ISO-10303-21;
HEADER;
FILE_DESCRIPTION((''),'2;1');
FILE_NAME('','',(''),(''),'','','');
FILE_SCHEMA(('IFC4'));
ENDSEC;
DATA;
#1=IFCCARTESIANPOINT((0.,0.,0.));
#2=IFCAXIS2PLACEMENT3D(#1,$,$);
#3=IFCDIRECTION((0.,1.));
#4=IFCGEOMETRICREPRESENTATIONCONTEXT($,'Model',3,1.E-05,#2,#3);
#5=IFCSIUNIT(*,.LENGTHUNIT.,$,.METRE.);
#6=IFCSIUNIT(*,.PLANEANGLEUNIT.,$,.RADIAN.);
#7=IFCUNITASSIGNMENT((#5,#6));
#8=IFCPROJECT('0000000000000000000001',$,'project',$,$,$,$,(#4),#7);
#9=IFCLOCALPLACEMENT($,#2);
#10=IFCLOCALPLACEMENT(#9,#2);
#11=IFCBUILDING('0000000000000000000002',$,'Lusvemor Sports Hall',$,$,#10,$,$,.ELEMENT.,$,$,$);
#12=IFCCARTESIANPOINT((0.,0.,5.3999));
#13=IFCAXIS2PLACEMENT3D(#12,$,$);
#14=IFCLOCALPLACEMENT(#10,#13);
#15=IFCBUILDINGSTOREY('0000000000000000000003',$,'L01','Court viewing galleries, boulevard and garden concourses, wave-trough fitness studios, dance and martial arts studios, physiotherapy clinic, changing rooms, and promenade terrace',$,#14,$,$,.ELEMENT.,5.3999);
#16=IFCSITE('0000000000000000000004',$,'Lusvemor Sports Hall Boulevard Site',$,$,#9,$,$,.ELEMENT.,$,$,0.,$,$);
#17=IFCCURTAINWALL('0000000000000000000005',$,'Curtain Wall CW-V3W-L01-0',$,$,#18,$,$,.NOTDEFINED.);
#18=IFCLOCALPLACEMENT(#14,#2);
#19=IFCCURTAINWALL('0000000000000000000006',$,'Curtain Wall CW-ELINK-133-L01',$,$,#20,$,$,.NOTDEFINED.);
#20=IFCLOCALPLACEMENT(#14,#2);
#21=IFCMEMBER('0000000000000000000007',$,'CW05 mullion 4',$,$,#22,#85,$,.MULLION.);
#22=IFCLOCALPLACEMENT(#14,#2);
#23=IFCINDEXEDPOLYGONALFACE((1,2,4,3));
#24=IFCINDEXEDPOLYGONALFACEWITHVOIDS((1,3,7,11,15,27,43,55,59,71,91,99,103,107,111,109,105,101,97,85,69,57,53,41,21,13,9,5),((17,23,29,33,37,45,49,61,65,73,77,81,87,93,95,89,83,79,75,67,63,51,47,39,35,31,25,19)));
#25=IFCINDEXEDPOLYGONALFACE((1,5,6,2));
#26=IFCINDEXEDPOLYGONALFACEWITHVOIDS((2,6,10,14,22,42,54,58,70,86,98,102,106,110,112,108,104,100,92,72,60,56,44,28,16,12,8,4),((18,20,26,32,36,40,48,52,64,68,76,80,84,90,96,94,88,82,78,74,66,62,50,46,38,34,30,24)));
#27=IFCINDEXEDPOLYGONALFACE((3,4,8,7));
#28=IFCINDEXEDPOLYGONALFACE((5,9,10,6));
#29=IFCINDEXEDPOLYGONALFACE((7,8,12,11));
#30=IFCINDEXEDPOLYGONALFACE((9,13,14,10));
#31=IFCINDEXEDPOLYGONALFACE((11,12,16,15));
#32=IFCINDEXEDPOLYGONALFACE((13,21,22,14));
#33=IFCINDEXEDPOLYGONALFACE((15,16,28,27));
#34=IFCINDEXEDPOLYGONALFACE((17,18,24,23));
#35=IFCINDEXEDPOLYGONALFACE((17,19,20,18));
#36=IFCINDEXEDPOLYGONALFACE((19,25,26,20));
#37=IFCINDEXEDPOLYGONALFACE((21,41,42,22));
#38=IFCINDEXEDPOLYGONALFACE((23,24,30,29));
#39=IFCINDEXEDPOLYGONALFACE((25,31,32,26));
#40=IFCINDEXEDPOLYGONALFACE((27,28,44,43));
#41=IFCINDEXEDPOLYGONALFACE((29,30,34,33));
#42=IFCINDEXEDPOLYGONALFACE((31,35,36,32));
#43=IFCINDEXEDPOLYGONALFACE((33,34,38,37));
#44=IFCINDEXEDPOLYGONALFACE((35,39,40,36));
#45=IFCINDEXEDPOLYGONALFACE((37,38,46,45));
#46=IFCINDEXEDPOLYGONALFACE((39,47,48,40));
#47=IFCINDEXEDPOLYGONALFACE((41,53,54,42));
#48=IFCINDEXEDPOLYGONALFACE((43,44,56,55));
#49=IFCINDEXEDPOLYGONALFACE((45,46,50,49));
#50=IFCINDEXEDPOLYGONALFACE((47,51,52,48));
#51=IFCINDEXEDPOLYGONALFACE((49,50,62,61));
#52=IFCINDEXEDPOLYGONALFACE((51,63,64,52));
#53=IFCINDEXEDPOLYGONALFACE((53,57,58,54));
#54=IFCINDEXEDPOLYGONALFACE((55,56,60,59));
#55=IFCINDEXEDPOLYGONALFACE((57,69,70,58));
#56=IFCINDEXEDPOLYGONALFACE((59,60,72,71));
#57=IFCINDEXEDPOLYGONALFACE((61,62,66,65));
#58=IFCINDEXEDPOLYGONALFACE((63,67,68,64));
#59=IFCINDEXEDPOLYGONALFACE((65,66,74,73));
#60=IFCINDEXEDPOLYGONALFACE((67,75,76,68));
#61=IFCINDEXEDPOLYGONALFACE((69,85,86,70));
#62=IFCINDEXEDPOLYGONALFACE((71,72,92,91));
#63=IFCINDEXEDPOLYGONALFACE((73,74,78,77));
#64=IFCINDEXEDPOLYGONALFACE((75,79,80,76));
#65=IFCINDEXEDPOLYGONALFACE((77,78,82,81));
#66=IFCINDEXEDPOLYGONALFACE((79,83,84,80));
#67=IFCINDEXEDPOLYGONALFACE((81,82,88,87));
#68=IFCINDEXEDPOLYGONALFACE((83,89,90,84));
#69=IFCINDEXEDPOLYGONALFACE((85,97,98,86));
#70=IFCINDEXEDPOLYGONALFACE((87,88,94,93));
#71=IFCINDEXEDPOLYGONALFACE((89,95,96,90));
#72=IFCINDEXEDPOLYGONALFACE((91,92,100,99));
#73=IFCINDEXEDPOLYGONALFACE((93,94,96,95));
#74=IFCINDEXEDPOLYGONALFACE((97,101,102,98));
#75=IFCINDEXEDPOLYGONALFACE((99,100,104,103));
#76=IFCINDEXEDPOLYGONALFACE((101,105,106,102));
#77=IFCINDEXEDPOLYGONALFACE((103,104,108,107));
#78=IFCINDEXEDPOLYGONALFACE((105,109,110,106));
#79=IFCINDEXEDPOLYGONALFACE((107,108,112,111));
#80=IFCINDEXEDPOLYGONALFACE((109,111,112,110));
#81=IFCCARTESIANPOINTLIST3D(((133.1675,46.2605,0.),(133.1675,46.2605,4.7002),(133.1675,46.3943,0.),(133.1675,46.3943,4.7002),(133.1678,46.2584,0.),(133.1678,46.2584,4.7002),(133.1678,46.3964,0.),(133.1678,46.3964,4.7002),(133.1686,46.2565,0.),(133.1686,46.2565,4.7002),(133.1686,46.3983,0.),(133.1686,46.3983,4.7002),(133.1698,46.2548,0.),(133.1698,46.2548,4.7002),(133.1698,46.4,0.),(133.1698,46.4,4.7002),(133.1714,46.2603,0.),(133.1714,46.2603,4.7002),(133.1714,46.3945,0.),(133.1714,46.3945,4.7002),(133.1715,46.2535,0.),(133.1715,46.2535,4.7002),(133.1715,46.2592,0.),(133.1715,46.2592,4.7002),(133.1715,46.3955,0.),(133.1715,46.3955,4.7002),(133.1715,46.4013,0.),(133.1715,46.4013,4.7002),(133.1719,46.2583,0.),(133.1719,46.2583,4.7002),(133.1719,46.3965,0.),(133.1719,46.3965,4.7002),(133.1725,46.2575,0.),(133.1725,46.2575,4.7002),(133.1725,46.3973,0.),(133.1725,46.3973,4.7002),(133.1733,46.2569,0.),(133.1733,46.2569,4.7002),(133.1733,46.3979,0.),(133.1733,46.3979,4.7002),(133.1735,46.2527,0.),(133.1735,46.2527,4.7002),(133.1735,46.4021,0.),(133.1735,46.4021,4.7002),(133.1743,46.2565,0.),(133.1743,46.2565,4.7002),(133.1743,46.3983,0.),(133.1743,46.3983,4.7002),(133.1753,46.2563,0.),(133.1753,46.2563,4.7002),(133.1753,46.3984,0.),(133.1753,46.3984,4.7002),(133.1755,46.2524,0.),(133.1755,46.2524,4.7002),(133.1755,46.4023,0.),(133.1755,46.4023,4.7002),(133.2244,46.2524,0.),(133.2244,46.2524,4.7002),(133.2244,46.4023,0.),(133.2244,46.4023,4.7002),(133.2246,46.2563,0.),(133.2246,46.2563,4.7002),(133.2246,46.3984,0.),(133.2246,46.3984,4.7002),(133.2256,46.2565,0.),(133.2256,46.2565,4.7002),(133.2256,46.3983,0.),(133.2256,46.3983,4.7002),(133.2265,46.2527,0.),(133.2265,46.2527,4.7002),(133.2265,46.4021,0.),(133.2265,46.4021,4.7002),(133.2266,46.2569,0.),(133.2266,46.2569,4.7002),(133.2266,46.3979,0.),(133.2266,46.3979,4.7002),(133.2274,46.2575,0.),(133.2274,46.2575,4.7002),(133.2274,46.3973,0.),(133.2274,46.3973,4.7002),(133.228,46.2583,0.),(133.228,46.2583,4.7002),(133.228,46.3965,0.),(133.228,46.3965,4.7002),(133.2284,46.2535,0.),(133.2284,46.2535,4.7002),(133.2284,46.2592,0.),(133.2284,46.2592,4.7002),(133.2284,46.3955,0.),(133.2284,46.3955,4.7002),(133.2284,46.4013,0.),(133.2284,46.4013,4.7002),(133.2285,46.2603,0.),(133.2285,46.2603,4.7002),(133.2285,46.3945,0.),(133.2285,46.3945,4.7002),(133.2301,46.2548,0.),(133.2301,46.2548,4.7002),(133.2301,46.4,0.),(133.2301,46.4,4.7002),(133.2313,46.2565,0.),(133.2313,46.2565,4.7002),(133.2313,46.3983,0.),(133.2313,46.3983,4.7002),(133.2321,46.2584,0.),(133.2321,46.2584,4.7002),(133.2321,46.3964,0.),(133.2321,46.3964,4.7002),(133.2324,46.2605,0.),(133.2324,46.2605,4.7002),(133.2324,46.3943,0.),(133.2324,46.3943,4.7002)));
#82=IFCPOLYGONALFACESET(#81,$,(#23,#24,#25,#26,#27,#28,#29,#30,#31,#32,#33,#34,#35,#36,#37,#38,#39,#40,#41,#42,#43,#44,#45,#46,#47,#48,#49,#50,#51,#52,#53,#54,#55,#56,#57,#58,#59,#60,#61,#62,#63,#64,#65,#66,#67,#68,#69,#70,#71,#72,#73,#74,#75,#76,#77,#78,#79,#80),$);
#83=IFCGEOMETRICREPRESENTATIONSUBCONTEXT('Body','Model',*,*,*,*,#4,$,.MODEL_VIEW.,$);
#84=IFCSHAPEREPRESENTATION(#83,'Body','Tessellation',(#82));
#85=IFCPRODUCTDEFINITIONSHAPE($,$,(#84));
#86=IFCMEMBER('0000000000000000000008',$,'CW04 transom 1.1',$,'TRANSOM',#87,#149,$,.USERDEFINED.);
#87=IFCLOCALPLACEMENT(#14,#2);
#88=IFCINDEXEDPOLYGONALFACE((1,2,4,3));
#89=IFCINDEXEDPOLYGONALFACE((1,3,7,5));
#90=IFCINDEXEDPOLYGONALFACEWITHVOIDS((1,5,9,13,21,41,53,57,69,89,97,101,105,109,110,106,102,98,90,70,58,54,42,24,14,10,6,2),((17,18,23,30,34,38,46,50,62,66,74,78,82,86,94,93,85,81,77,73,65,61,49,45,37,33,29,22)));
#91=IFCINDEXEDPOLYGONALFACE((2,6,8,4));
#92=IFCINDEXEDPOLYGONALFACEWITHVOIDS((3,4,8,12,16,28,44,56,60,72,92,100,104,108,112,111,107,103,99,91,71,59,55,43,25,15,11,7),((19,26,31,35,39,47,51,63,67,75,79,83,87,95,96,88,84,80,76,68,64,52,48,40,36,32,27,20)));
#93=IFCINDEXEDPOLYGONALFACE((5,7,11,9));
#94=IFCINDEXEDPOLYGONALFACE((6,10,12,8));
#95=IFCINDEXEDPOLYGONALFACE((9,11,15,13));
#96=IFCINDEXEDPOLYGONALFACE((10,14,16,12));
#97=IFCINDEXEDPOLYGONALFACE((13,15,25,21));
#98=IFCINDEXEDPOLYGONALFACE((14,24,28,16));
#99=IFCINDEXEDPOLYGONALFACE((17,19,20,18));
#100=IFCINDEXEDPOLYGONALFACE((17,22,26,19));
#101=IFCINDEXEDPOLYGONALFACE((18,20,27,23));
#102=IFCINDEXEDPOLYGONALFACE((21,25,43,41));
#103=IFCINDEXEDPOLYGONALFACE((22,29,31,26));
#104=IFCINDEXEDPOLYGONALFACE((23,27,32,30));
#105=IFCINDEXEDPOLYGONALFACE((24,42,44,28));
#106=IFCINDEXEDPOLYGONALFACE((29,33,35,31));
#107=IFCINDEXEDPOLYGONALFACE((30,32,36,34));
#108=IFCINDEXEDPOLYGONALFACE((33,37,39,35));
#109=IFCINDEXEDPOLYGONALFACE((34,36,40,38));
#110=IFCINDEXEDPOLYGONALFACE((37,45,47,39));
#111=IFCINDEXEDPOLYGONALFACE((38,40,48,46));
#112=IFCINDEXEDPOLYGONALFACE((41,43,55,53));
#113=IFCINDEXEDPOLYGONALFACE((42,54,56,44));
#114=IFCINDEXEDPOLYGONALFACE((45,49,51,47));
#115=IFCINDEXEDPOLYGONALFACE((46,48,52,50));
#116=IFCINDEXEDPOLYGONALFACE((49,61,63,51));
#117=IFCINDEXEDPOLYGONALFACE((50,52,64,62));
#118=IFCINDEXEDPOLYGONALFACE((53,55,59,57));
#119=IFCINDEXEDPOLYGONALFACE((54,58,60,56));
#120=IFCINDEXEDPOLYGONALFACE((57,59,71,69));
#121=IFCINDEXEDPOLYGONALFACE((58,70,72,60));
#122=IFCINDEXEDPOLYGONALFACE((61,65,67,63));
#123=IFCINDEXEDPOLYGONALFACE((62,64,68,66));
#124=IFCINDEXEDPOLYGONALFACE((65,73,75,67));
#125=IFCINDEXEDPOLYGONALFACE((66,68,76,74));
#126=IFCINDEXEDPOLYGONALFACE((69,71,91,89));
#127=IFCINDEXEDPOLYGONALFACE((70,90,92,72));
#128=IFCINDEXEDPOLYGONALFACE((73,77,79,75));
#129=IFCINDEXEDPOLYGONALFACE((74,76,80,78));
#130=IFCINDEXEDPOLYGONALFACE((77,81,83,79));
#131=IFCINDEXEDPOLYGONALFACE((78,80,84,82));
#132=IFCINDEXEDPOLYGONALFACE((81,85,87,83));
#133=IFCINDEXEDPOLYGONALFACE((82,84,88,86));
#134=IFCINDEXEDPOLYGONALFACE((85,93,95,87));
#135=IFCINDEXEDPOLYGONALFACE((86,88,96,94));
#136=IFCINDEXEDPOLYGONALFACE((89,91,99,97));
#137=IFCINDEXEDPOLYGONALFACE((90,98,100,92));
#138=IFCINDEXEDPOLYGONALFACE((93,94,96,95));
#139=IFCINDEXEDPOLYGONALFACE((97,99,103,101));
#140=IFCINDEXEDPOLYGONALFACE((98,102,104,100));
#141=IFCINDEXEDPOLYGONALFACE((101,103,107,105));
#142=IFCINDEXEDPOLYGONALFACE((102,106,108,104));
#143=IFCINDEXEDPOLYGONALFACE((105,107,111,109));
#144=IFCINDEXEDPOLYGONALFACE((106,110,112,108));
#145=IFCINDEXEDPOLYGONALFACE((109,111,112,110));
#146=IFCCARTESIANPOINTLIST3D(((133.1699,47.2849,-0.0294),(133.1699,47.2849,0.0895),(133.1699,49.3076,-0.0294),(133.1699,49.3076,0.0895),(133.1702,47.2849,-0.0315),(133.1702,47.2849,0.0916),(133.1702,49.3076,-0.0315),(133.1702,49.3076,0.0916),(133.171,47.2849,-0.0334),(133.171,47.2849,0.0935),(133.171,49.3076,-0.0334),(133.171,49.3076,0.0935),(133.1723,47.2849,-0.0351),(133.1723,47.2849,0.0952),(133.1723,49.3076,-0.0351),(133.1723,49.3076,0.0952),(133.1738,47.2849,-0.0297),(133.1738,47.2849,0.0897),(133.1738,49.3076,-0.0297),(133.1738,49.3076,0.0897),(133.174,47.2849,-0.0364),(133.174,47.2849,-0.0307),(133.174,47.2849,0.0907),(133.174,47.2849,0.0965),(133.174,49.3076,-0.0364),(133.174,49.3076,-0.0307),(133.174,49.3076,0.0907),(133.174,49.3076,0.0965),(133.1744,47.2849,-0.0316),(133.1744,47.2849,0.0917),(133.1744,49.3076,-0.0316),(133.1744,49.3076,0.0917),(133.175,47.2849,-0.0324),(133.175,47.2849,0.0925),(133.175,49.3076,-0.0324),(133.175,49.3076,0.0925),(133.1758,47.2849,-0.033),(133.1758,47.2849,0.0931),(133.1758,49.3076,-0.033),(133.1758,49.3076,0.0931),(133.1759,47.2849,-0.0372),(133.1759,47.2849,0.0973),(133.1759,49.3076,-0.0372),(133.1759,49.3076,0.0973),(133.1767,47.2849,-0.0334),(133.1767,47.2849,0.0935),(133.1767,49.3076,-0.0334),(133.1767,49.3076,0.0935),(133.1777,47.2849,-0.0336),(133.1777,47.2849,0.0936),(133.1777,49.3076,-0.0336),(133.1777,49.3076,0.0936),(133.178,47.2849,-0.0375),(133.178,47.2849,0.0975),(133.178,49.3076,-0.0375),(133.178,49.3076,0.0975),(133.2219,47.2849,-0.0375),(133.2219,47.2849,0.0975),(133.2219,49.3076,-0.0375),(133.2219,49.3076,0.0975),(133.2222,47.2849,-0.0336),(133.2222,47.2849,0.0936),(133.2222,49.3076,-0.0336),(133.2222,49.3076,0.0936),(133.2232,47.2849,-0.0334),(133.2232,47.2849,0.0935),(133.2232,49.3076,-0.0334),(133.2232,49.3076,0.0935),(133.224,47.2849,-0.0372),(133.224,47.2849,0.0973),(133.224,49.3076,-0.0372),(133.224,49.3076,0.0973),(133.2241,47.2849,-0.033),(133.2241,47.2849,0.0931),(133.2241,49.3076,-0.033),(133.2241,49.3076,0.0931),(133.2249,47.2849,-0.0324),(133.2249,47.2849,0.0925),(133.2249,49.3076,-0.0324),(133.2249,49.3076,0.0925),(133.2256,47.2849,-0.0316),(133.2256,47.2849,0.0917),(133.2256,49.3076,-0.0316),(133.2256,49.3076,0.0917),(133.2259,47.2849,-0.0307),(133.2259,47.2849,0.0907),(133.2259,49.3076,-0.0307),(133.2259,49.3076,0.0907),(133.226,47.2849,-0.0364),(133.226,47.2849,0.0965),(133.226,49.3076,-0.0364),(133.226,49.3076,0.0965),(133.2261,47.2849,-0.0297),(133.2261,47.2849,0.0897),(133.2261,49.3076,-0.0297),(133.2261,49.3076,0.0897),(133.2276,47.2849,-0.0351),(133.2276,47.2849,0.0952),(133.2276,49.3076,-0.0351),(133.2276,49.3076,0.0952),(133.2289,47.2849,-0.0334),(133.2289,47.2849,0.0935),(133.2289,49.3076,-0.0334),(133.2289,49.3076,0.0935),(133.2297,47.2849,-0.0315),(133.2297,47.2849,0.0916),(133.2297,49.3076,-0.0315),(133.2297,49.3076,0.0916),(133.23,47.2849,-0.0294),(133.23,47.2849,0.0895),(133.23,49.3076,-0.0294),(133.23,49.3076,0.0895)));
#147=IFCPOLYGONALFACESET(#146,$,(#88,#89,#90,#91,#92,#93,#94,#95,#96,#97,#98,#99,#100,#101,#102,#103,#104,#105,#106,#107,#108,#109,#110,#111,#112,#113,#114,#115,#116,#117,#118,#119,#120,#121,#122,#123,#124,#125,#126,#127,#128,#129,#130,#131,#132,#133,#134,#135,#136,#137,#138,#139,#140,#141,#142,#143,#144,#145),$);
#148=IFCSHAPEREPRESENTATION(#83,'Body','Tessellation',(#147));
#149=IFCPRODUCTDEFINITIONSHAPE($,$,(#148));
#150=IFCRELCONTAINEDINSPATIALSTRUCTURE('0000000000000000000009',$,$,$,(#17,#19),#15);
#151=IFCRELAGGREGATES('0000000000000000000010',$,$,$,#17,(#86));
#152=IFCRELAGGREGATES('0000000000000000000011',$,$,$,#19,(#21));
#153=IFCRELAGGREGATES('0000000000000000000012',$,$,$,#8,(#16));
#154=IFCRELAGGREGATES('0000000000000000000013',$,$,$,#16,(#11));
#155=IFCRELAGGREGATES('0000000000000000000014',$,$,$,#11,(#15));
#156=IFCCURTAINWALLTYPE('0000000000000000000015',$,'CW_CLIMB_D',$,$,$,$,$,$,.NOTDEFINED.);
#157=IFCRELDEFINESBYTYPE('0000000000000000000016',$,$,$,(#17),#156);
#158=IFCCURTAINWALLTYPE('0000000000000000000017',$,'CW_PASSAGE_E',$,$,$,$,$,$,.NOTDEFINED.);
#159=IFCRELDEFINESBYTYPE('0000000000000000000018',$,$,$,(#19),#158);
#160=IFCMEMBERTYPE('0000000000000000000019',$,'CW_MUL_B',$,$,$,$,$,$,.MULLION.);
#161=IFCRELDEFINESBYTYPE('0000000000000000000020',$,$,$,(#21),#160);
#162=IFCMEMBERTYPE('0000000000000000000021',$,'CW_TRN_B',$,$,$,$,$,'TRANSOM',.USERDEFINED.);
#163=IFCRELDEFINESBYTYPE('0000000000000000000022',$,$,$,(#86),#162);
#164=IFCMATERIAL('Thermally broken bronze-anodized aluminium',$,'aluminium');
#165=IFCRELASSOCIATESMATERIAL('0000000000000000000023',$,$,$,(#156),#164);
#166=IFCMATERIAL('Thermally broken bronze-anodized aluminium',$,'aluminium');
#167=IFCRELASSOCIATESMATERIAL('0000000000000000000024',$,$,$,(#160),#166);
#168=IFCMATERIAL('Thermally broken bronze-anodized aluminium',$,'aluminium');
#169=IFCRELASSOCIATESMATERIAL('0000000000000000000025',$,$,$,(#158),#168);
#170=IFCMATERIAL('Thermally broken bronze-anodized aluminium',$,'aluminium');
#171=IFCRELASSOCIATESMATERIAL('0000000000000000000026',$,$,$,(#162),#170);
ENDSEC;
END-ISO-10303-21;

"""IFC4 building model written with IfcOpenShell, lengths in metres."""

from ifc_helpers import new_model, si_unit, direction, frame, origin, origin_2d, place, context, subcontext, project, spatial, hollow_rectangle, extrude, material, material_profile, profile_set, type_object, element, aggregate, save


model = new_model("IFC4")

# Units and contexts
model_context = context("Model", 3, precision=1e-05, world=origin(), true_north=direction((0.0, 1.0)))
body_context = subcontext(model_context, "Body", "Model", "MODEL_VIEW")
ifc_project = project(units=[si_unit("LENGTHUNIT", "METRE"), si_unit("PLANEANGLEUNIT", "RADIAN")], contexts=[model_context])

# Site, building, storey
site_placement = place(None, origin())
site = spatial("IfcSite", under=ifc_project, at=site_placement, Name="Lusvemor Sports Hall Boulevard Site", CompositionType="ELEMENT", RefElevation=0.0)
building_placement = place(site_placement, origin())
building = spatial("IfcBuilding", under=site, at=building_placement, Name="Lusvemor Sports Hall", CompositionType="ELEMENT")
storey_placement = place(building_placement, frame((0.0, 0.0, 5.3999)))
storey = spatial("IfcBuildingStorey", under=building, at=storey_placement, Name="L01", Description="Court viewing galleries, boulevard and garden concourses, wave-trough fitness studios, dance and martial arts studios, physiotherapy clinic, changing rooms, and promenade terrace", CompositionType="ELEMENT", Elevation=5.3999)

# Curtain walls, member
ifc_material_1 = material(Name="Thermally broken bronze-anodized aluminium", Category="aluminium")
curtain_wall_type_1 = type_object("IfcCurtainWallType", Name="CW_CLIMB_D", PredefinedType="NOTDEFINED", material=ifc_material_1)
curtain_wall_1_placement = place(storey_placement, origin())
curtain_wall_1 = element("IfcCurtainWall", 1, at=curtain_wall_1_placement, inside=storey, type_object=curtain_wall_type_1, Name="Curtain Wall CW-V3W-L01-0", PredefinedType="NOTDEFINED")
ifc_material_2 = material(Name="Thermally broken bronze-anodized aluminium", Category="aluminium")
ifc_material_profile_1 = material_profile(ifc_material_2, hollow_rectangle(XDim=0.0649, YDim=0.1499, WallThickness=0.0039, InnerFilletRadius=0.0039, OuterFilletRadius=0.0081, at=origin_2d()), Name="CWMUL150x65x4")
ifc_profile_set_1 = profile_set([ifc_material_profile_1], Name="Thermally broken bronze-anodized aluminium")
member_type_1 = type_object("IfcMemberType", Name="CW_MUL_B", PredefinedType="MULLION", material=ifc_profile_set_1)
ifc_material_3 = material(Name="Thermally broken bronze-anodized aluminium", Category="aluminium")
curtain_wall_type_2 = type_object("IfcCurtainWallType", Name="CW_PASSAGE_E", PredefinedType="NOTDEFINED", material=ifc_material_3)
curtain_wall_2_placement = place(storey_placement, origin())
curtain_wall_2 = element("IfcCurtainWall", 2, at=curtain_wall_2_placement, inside=storey, type_object=curtain_wall_type_2, Name="Curtain Wall CW-ELINK-133-L01", PredefinedType="NOTDEFINED")
member_1_placement = place(storey_placement, frame((133.2, 46.3274, 0.0), z_axis=(0.0, 0.0, 1.0), x_axis=(-1.0, 0.0, 0.0)))
member_1 = element("IfcMember", 3, at=member_1_placement, type_object=member_type_1, Name="CW05 mullion 4", PredefinedType="MULLION", context=body_context, shape_type="SweptSolid", body=[
    extrude(hollow_rectangle(XDim=0.0649, YDim=0.1499, WallThickness=0.0039, InnerFilletRadius=0.0039, OuterFilletRadius=0.0081, at=origin_2d()), origin(), (0.0, 0.0, 1.0), 4.7002),
])

# Member
ifc_material_4 = material(Name="Thermally broken bronze-anodized aluminium", Category="aluminium")
ifc_material_profile_2 = material_profile(ifc_material_4, hollow_rectangle(XDim=0.0601, YDim=0.135, WallThickness=0.0039, InnerFilletRadius=0.0039, OuterFilletRadius=0.0081, at=origin_2d()), Name="CWTRN135x60x4")
ifc_profile_set_2 = profile_set([ifc_material_profile_2], Name="Thermally broken bronze-anodized aluminium")
member_type_2 = type_object("IfcMemberType", Name="CW_TRN_B", ElementType="TRANSOM", PredefinedType="USERDEFINED", material=ifc_profile_set_2)
member_2_placement = place(storey_placement, frame((133.2, 47.2849, 0.03), z_axis=(0.0, 1.0, 0.0), x_axis=(-1.0, 0.0, 0.0)))
member_2 = element("IfcMember", 4, at=member_2_placement, type_object=member_type_2, Name="CW04 transom 1.1", ObjectType="TRANSOM", PredefinedType="USERDEFINED", context=body_context, shape_type="SweptSolid", body=[
    extrude(hollow_rectangle(XDim=0.0601, YDim=0.135, WallThickness=0.0039, InnerFilletRadius=0.0039, OuterFilletRadius=0.0081, at=origin_2d()), origin(), (0.0, 0.0, 1.0), 2.0227),
])

aggregate(curtain_wall_1, [member_2])
aggregate(curtain_wall_2, [member_1])

save(model, "model.ifc")
